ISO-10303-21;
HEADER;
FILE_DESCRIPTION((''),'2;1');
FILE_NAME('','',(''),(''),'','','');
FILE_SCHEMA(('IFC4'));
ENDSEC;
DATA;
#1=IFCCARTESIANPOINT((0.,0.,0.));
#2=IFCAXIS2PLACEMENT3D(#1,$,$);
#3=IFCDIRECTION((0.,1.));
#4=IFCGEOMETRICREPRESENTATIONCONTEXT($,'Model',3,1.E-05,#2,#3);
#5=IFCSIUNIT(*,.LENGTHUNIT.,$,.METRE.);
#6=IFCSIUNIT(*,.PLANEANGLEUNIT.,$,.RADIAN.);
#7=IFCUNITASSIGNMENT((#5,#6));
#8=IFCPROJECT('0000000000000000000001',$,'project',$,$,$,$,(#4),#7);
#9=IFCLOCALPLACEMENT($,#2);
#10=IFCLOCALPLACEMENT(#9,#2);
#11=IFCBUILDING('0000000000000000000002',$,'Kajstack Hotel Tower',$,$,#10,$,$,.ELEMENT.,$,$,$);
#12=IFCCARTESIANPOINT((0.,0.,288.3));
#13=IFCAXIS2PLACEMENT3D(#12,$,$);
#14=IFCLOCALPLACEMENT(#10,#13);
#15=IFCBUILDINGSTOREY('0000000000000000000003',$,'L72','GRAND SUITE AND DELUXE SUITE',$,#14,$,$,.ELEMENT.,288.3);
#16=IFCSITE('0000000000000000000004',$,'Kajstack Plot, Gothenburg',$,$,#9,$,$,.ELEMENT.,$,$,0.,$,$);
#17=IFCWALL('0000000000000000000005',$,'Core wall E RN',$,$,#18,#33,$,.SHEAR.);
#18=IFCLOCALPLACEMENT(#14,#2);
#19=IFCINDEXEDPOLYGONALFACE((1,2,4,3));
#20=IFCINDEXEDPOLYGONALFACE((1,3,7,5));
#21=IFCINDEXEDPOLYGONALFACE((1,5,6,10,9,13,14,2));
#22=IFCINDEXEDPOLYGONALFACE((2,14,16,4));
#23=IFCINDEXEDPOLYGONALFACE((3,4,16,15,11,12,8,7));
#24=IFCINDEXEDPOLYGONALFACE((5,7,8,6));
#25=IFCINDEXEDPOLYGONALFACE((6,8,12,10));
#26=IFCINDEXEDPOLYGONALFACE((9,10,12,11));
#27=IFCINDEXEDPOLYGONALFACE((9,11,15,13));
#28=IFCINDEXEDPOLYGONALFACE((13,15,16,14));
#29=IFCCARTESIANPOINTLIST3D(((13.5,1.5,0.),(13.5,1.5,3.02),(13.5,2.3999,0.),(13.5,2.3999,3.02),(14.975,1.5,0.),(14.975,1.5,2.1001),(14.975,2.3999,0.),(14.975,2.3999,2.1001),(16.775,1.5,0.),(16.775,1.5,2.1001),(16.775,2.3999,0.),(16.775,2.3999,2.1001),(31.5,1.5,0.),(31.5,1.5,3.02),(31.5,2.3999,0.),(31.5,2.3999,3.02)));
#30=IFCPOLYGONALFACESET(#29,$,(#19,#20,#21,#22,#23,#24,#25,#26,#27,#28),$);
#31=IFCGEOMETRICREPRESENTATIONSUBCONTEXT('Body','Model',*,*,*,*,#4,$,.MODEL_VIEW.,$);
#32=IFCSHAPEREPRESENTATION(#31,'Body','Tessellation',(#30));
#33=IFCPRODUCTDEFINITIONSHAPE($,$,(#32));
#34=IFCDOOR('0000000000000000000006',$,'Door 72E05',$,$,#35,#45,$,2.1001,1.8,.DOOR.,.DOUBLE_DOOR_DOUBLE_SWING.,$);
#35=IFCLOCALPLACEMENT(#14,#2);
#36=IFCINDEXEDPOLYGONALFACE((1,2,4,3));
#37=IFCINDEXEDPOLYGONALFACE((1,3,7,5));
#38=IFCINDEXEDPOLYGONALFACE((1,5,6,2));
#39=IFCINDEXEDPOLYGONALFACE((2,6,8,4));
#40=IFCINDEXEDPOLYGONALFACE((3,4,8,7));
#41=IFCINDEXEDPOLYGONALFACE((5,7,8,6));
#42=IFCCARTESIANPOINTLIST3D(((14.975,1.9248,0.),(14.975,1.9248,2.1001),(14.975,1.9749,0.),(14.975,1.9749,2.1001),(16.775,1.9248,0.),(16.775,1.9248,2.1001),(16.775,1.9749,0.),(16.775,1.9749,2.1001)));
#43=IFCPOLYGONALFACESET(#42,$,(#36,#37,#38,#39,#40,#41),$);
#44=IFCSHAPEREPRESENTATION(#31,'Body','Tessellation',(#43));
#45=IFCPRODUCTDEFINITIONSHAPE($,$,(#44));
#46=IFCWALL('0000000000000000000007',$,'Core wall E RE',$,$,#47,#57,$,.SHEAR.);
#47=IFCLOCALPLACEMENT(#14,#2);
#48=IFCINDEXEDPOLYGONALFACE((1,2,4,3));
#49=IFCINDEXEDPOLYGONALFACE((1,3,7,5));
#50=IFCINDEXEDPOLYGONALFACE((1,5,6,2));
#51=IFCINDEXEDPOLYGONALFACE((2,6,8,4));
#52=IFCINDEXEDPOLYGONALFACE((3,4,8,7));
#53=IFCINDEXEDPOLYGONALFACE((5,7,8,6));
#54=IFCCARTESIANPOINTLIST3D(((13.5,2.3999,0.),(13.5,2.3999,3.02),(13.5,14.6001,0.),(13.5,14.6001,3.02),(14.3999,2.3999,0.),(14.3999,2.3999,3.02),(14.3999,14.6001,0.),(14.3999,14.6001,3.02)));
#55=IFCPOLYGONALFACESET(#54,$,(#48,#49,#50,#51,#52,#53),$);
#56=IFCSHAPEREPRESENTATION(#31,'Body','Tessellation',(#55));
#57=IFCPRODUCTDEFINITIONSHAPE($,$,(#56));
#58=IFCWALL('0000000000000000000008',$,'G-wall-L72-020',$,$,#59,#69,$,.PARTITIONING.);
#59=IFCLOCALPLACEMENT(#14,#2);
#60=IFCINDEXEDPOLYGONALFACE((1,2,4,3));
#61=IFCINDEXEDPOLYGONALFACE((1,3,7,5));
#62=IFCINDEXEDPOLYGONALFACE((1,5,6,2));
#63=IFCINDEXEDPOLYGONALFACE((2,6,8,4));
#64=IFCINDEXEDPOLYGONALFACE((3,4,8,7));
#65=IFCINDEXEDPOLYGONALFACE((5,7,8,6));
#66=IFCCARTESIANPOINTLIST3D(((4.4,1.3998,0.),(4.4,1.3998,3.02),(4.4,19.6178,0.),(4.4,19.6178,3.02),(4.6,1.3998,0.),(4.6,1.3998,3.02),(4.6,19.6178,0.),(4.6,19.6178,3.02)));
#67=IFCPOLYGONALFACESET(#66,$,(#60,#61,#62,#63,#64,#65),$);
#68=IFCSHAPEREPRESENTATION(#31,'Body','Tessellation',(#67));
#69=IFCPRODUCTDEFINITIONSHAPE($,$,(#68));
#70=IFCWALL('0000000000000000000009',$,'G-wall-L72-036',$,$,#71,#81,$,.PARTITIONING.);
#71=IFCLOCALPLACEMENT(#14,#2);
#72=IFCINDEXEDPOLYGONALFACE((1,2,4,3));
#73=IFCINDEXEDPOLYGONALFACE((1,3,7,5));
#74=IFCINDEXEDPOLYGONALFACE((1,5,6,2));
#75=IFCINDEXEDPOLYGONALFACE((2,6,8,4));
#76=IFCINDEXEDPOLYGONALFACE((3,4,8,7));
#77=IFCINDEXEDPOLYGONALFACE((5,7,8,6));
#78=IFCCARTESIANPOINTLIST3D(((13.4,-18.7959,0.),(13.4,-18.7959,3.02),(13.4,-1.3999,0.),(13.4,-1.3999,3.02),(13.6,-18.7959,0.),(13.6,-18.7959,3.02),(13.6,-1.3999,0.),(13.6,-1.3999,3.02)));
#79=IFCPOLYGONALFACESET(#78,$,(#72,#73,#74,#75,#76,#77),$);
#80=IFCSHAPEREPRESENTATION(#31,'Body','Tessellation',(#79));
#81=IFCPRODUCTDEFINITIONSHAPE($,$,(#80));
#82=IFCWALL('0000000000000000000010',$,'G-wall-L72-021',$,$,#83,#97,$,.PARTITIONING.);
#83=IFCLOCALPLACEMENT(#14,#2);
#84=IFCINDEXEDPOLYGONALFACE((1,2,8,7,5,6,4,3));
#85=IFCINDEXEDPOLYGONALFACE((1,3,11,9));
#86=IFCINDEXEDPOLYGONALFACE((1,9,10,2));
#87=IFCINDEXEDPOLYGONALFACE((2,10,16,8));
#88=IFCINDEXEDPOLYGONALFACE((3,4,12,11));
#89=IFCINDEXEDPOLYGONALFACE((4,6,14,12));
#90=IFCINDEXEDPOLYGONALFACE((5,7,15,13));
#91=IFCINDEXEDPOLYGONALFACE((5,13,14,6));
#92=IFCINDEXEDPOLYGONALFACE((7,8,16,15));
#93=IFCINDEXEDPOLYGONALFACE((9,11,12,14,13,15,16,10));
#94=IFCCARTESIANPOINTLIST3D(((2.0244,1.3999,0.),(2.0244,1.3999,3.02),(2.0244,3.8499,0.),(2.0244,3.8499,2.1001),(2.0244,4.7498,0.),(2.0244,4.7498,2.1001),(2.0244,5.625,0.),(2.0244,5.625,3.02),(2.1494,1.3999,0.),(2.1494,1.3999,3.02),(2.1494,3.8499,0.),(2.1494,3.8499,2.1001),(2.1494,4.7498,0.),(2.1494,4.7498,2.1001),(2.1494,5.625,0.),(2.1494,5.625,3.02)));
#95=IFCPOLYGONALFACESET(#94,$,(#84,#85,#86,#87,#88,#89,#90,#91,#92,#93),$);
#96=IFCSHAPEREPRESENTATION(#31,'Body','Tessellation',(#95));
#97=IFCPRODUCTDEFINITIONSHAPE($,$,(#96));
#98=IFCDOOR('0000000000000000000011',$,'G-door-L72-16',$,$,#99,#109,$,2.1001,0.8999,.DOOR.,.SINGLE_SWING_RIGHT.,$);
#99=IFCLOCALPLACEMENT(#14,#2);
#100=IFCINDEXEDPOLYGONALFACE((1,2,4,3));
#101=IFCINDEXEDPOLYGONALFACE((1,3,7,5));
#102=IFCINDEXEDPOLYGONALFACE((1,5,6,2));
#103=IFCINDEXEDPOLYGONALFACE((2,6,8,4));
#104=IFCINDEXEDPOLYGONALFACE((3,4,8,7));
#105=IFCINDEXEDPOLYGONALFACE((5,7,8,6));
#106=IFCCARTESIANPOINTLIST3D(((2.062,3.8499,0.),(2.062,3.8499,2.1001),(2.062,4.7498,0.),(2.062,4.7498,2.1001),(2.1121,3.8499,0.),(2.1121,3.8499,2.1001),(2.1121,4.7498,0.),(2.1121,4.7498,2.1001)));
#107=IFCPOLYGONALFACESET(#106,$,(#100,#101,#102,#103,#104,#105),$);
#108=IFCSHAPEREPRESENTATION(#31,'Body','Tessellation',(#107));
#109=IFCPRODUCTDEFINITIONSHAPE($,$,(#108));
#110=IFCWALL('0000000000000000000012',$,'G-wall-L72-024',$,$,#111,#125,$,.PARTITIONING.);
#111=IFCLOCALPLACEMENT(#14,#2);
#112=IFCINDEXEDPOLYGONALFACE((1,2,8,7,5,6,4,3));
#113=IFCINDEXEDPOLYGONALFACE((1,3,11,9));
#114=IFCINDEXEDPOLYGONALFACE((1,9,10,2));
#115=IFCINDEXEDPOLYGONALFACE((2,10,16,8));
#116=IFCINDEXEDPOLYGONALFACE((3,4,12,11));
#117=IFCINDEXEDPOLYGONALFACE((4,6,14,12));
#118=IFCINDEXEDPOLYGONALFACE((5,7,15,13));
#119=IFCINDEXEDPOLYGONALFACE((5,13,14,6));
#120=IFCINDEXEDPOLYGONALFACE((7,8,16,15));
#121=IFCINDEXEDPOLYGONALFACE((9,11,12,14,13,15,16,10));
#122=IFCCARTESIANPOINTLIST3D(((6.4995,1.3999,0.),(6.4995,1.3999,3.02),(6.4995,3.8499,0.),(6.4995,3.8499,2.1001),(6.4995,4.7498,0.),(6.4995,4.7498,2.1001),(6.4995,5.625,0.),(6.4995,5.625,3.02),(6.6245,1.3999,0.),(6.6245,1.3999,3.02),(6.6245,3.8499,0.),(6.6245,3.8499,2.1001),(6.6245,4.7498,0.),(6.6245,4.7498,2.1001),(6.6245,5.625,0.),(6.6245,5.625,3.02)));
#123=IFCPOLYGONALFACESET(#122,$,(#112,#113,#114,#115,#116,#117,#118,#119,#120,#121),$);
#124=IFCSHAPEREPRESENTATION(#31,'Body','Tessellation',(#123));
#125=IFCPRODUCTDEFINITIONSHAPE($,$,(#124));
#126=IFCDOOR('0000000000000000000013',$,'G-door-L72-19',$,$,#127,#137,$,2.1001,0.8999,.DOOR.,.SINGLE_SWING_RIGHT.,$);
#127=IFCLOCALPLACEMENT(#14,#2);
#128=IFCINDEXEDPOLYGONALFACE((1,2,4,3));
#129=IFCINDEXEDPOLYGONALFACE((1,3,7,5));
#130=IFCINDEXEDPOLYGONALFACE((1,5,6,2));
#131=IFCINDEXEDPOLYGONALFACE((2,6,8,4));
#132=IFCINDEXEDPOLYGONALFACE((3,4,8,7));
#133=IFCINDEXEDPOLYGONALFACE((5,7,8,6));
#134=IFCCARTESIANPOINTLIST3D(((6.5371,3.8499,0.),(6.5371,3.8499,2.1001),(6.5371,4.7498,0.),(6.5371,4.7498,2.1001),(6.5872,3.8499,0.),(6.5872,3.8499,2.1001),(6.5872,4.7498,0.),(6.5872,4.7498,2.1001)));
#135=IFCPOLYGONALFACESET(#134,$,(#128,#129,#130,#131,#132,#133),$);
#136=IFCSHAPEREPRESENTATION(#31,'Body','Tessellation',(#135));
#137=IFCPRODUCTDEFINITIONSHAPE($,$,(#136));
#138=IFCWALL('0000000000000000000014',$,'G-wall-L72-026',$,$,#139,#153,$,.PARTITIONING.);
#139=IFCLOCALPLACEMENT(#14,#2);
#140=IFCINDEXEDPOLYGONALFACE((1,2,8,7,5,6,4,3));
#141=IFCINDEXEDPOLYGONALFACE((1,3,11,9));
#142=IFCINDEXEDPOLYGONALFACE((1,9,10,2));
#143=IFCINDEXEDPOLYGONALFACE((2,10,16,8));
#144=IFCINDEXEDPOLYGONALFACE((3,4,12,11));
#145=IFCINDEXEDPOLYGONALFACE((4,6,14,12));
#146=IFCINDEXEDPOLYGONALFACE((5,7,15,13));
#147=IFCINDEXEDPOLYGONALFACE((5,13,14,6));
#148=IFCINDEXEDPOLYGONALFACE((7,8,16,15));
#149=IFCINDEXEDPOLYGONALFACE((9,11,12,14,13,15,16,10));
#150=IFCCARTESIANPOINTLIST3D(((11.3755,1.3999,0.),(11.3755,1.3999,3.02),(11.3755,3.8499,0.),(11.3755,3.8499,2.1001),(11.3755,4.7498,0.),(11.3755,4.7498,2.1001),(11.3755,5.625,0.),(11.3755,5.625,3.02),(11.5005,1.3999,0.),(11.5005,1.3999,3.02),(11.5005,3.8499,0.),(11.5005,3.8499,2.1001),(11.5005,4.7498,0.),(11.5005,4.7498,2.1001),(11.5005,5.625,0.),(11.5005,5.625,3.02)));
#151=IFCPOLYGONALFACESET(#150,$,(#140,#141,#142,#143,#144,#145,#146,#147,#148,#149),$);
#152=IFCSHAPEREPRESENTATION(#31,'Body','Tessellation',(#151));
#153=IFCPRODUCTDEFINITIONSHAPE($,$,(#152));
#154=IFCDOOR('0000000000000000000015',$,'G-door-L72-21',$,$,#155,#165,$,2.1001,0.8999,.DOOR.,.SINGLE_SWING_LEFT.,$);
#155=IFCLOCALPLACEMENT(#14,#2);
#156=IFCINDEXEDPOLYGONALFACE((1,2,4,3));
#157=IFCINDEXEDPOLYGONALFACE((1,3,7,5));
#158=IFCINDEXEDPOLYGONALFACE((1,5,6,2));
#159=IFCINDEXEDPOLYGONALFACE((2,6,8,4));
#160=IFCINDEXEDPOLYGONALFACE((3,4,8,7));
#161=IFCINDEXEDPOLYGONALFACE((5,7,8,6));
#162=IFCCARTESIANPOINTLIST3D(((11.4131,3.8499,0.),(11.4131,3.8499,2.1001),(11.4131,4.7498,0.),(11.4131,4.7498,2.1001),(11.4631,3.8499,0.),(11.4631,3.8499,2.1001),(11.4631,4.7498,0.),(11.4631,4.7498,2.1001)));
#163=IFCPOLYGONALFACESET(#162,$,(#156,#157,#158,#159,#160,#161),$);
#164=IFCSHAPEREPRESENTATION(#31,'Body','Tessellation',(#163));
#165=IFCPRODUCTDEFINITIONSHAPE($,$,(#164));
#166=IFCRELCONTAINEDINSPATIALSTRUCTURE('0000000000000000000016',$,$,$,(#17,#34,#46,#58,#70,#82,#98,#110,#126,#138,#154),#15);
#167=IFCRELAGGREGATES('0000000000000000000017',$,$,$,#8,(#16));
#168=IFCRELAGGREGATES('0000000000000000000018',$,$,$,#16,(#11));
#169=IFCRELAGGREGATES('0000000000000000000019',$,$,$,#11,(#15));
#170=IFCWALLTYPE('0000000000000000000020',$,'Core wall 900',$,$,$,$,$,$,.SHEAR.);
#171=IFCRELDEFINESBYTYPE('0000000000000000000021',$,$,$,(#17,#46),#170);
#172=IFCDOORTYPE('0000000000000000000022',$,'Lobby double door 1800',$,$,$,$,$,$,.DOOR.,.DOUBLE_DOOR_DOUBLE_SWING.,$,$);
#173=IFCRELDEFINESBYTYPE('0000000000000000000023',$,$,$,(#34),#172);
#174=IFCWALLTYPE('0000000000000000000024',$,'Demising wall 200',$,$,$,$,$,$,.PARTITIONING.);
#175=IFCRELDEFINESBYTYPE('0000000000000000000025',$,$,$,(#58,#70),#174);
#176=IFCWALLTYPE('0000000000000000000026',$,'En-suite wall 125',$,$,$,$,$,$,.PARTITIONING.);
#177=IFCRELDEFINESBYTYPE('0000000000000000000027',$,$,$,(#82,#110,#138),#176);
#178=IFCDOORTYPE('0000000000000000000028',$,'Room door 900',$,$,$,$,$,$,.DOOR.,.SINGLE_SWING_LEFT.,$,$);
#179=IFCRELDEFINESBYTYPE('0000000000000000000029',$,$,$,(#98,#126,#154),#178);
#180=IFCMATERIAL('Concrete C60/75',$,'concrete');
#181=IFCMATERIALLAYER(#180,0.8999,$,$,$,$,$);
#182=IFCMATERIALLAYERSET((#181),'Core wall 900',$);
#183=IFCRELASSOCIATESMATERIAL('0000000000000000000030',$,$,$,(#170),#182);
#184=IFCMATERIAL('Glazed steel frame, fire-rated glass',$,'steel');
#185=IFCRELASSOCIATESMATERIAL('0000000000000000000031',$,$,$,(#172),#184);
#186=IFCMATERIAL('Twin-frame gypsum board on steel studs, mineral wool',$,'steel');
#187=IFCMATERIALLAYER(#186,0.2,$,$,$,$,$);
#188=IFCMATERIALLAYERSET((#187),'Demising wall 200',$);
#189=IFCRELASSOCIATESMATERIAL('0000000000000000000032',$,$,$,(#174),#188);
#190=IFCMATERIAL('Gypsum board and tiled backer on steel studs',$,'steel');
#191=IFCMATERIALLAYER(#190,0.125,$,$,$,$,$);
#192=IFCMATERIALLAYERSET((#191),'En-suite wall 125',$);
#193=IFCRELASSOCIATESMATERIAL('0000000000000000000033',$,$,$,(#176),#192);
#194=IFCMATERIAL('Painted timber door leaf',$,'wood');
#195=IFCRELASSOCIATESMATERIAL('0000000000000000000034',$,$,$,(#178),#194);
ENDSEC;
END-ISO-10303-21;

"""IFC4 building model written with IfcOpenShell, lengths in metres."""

from ifc_helpers import new_model, si_unit, direction, frame, frame_2d, origin, place, context, subcontext, project, spatial, rectangle, extrude, material, layer, layer_set, type_object, element, fill, save


model = new_model("IFC4")

# Units and contexts
model_context = context("Model", 3, precision=1e-05, world=origin(), true_north=direction((0.0, 1.0)))
body_context = subcontext(model_context, "Body", "Model", "MODEL_VIEW")
ifc_project = project(units=[si_unit("LENGTHUNIT", "METRE"), si_unit("PLANEANGLEUNIT", "RADIAN")], contexts=[model_context])

# Site, building, storey
site_placement = place(None, origin())
site = spatial("IfcSite", under=ifc_project, at=site_placement, Name="Kajstack Plot, Gothenburg", CompositionType="ELEMENT", RefElevation=0.0)
building_placement = place(site_placement, origin())
building = spatial("IfcBuilding", under=site, at=building_placement, Name="Kajstack Hotel Tower", CompositionType="ELEMENT")
storey_placement = place(building_placement, frame((0.0, 0.0, 288.3)))
storey = spatial("IfcBuildingStorey", under=building, at=storey_placement, Name="L72", Description="GRAND SUITE AND DELUXE SUITE", CompositionType="ELEMENT", Elevation=288.3)

# Wall, opening, door
ifc_material_1 = material(Name="Concrete C60/75", Category="concrete")
ifc_layer_1 = layer(ifc_material_1, 0.8999)
ifc_layer_set_1 = layer_set([ifc_layer_1], Name="Core wall 900")
wall_type_1 = type_object("IfcWallType", Name="Core wall 900", PredefinedType="SHEAR", material=ifc_layer_set_1)
wall_1_placement = place(storey_placement, frame((13.5, 1.95, 0.0), z_axis=(0.0, 0.0, 1.0), x_axis=(1.0, 0.0, 0.0)))
wall_1 = element("IfcWall", 1, at=wall_1_placement, inside=storey, type_object=wall_type_1, Name="Core wall E RN", PredefinedType="SHEAR", context=body_context, shape_type="SweptSolid", body=[
    extrude(rectangle(XDim=18.0, YDim=0.8999, at=frame_2d((9.0, 0.0))), origin(), (0.0, 0.0, 1.0), 3.02),
])
opening_1_placement = place(wall_1_placement, frame((1.4751, 0.0, 0.0)))
opening_1 = element("IfcOpeningElement", 2, at=opening_1_placement, cuts=wall_1, PredefinedType="OPENING", context=body_context, shape_type="SweptSolid", body=[
    extrude(rectangle(XDim=1.8, YDim=2.1001, at=frame_2d((0.8999, 1.05))), frame((0.0, 0.46, 0.0), z_axis=(0.0, -1.0, 0.0), x_axis=(1.0, 0.0, 0.0)), (0.0, 0.0, 1.0), 0.9199),
])
ifc_material_2 = material(Name="Glazed steel frame, fire-rated glass", Category="steel")
door_type_1 = type_object("IfcDoorType", Name="Lobby double door 1800", OperationType="DOUBLE_DOOR_DOUBLE_SWING", PredefinedType="DOOR", material=ifc_material_2)
door_1_placement = place(opening_1_placement, origin())
door_1 = element("IfcDoor", 3, at=door_1_placement, inside=storey, type_object=door_type_1, Name="Door 72E05", OperationType="DOUBLE_DOOR_DOUBLE_SWING", OverallHeight=2.1001, OverallWidth=1.8, PredefinedType="DOOR", context=body_context, shape_type="SweptSolid", body=[
    extrude(rectangle(XDim=1.8, YDim=2.1001, at=frame_2d((0.8999, 1.05))), frame((0.0, 0.0249, 0.0), z_axis=(0.0, -1.0, 0.0), x_axis=(1.0, 0.0, 0.0)), (0.0, 0.0, 1.0), 0.05),
])
fill(opening_1, door_1)

# Walls
wall_2_placement = place(storey_placement, frame((13.95, 2.3999, 0.0), z_axis=(0.0, 0.0, 1.0), x_axis=(0.0, 1.0, 0.0)))
element("IfcWall", 4, at=wall_2_placement, inside=storey, type_object=wall_type_1, Name="Core wall E RE", PredefinedType="SHEAR", context=body_context, shape_type="SweptSolid", body=[
    extrude(rectangle(XDim=12.2002, YDim=0.8999, at=frame_2d((6.1001, 0.0))), origin(), (0.0, 0.0, 1.0), 3.02),
])
ifc_material_3 = material(Name="Twin-frame gypsum board on steel studs, mineral wool", Category="steel")
ifc_layer_2 = layer(ifc_material_3, 0.2)
ifc_layer_set_2 = layer_set([ifc_layer_2], Name="Demising wall 200")
wall_type_2 = type_object("IfcWallType", Name="Demising wall 200", PredefinedType="PARTITIONING", material=ifc_layer_set_2)
wall_3_placement = place(storey_placement, frame((4.5, 1.3999, 0.0), z_axis=(0.0, 0.0, 1.0), x_axis=(0.0, 1.0, 0.0)))
element("IfcWall", 5, at=wall_3_placement, inside=storey, type_object=wall_type_2, Name="G-wall-L72-020", PredefinedType="PARTITIONING", context=body_context, shape_type="SweptSolid", body=[
    extrude(rectangle(XDim=18.218, YDim=0.2, at=frame_2d((9.1089, 0.0))), origin(), (0.0, 0.0, 1.0), 3.02),
])
wall_4_placement = place(storey_placement, frame((13.5, -18.7959, 0.0), z_axis=(0.0, 0.0, 1.0), x_axis=(0.0, 1.0, 0.0)))
element("IfcWall", 6, at=wall_4_placement, inside=storey, type_object=wall_type_2, Name="G-wall-L72-036", PredefinedType="PARTITIONING", context=body_context, shape_type="SweptSolid", body=[
    extrude(rectangle(XDim=17.396, YDim=0.2, at=frame_2d((8.698, 0.0))), origin(), (0.0, 0.0, 1.0), 3.02),
])

# Walls, openings, doors
ifc_material_4 = material(Name="Gypsum board and tiled backer on steel studs", Category="steel")
ifc_layer_3 = layer(ifc_material_4, 0.125)
ifc_layer_set_3 = layer_set([ifc_layer_3], Name="En-suite wall 125")
wall_type_3 = type_object("IfcWallType", Name="En-suite wall 125", PredefinedType="PARTITIONING", material=ifc_layer_set_3)
wall_5_placement = place(storey_placement, frame((2.0869, 1.3999, 0.0), z_axis=(0.0, 0.0, 1.0), x_axis=(0.0, 1.0, 0.0)))
wall_5 = element("IfcWall", 7, at=wall_5_placement, inside=storey, type_object=wall_type_3, Name="G-wall-L72-021", PredefinedType="PARTITIONING", context=body_context, shape_type="SweptSolid", body=[
    extrude(rectangle(XDim=4.2251, YDim=0.125, at=frame_2d((2.1125, 0.0))), origin(), (0.0, 0.0, 1.0), 3.02),
])
opening_2_placement = place(wall_5_placement, frame((2.45, 0.0, 0.0)))
opening_2 = element("IfcOpeningElement", 8, at=opening_2_placement, cuts=wall_5, PredefinedType="OPENING", context=body_context, shape_type="SweptSolid", body=[
    extrude(rectangle(XDim=0.8999, YDim=2.1001, at=frame_2d((0.45, 1.05))), frame((0.0, 0.0725, 0.0), z_axis=(0.0, -1.0, 0.0), x_axis=(1.0, 0.0, 0.0)), (0.0, 0.0, 1.0), 0.145),
])
ifc_material_5 = material(Name="Painted timber door leaf", Category="wood")
door_type_2 = type_object("IfcDoorType", Name="Room door 900", OperationType="SINGLE_SWING_LEFT", PredefinedType="DOOR", material=ifc_material_5)
door_2_placement = place(opening_2_placement, origin())
door_2 = element("IfcDoor", 9, at=door_2_placement, inside=storey, type_object=door_type_2, Name="G-door-L72-16", OperationType="SINGLE_SWING_RIGHT", OverallHeight=2.1001, OverallWidth=0.8999, PredefinedType="DOOR", context=body_context, shape_type="SweptSolid", body=[
    extrude(rectangle(XDim=0.8999, YDim=2.1001, at=frame_2d((0.45, 1.05))), frame((0.0, 0.0249, 0.0), z_axis=(0.0, -1.0, 0.0), x_axis=(1.0, 0.0, 0.0)), (0.0, 0.0, 1.0), 0.05),
])
fill(opening_2, door_2)
wall_6_placement = place(storey_placement, frame((6.562, 1.3999, 0.0), z_axis=(0.0, 0.0, 1.0), x_axis=(0.0, 1.0, 0.0)))
wall_6 = element("IfcWall", 10, at=wall_6_placement, inside=storey, type_object=wall_type_3, Name="G-wall-L72-024", PredefinedType="PARTITIONING", context=body_context, shape_type="SweptSolid", body=[
    extrude(rectangle(XDim=4.2251, YDim=0.125, at=frame_2d((2.1125, 0.0))), origin(), (0.0, 0.0, 1.0), 3.02),
])
opening_3_placement = place(wall_6_placement, frame((2.45, 0.0, 0.0)))
opening_3 = element("IfcOpeningElement", 11, at=opening_3_placement, cuts=wall_6, PredefinedType="OPENING", context=body_context, shape_type="SweptSolid", body=[
    extrude(rectangle(XDim=0.8999, YDim=2.1001, at=frame_2d((0.45, 1.05))), frame((0.0, 0.0725, 0.0), z_axis=(0.0, -1.0, 0.0), x_axis=(1.0, 0.0, 0.0)), (0.0, 0.0, 1.0), 0.145),
])
door_3_placement = place(opening_3_placement, origin())
door_3 = element("IfcDoor", 12, at=door_3_placement, inside=storey, type_object=door_type_2, Name="G-door-L72-19", OperationType="SINGLE_SWING_RIGHT", OverallHeight=2.1001, OverallWidth=0.8999, PredefinedType="DOOR", context=body_context, shape_type="SweptSolid", body=[
    extrude(rectangle(XDim=0.8999, YDim=2.1001, at=frame_2d((0.45, 1.05))), frame((0.0, 0.0249, 0.0), z_axis=(0.0, -1.0, 0.0), x_axis=(1.0, 0.0, 0.0)), (0.0, 0.0, 1.0), 0.05),
])
fill(opening_3, door_3)
wall_7_placement = place(storey_placement, frame((11.438, 1.3999, 0.0), z_axis=(0.0, 0.0, 1.0), x_axis=(0.0, 1.0, 0.0)))
wall_7 = element("IfcWall", 13, at=wall_7_placement, inside=storey, type_object=wall_type_3, Name="G-wall-L72-026", PredefinedType="PARTITIONING", context=body_context, shape_type="SweptSolid", body=[
    extrude(rectangle(XDim=4.2251, YDim=0.125, at=frame_2d((2.1125, 0.0))), origin(), (0.0, 0.0, 1.0), 3.02),
])
opening_4_placement = place(wall_7_placement, frame((2.45, 0.0, 0.0)))
opening_4 = element("IfcOpeningElement", 14, at=opening_4_placement, cuts=wall_7, PredefinedType="OPENING", context=body_context, shape_type="SweptSolid", body=[
    extrude(rectangle(XDim=0.8999, YDim=2.1001, at=frame_2d((0.45, 1.05))), frame((0.0, 0.0725, 0.0), z_axis=(0.0, -1.0, 0.0), x_axis=(1.0, 0.0, 0.0)), (0.0, 0.0, 1.0), 0.145),
])
door_4_placement = place(opening_4_placement, origin())
door_4 = element("IfcDoor", 15, at=door_4_placement, inside=storey, type_object=door_type_2, Name="G-door-L72-21", OperationType="SINGLE_SWING_LEFT", OverallHeight=2.1001, OverallWidth=0.8999, PredefinedType="DOOR", context=body_context, shape_type="SweptSolid", body=[
    extrude(rectangle(XDim=0.8999, YDim=2.1001, at=frame_2d((0.45, 1.05))), frame((0.0, 0.0249, 0.0), z_axis=(0.0, -1.0, 0.0), x_axis=(1.0, 0.0, 0.0)), (0.0, 0.0, 1.0), 0.05),
])
fill(opening_4, door_4)

save(model, "model.ifc")
